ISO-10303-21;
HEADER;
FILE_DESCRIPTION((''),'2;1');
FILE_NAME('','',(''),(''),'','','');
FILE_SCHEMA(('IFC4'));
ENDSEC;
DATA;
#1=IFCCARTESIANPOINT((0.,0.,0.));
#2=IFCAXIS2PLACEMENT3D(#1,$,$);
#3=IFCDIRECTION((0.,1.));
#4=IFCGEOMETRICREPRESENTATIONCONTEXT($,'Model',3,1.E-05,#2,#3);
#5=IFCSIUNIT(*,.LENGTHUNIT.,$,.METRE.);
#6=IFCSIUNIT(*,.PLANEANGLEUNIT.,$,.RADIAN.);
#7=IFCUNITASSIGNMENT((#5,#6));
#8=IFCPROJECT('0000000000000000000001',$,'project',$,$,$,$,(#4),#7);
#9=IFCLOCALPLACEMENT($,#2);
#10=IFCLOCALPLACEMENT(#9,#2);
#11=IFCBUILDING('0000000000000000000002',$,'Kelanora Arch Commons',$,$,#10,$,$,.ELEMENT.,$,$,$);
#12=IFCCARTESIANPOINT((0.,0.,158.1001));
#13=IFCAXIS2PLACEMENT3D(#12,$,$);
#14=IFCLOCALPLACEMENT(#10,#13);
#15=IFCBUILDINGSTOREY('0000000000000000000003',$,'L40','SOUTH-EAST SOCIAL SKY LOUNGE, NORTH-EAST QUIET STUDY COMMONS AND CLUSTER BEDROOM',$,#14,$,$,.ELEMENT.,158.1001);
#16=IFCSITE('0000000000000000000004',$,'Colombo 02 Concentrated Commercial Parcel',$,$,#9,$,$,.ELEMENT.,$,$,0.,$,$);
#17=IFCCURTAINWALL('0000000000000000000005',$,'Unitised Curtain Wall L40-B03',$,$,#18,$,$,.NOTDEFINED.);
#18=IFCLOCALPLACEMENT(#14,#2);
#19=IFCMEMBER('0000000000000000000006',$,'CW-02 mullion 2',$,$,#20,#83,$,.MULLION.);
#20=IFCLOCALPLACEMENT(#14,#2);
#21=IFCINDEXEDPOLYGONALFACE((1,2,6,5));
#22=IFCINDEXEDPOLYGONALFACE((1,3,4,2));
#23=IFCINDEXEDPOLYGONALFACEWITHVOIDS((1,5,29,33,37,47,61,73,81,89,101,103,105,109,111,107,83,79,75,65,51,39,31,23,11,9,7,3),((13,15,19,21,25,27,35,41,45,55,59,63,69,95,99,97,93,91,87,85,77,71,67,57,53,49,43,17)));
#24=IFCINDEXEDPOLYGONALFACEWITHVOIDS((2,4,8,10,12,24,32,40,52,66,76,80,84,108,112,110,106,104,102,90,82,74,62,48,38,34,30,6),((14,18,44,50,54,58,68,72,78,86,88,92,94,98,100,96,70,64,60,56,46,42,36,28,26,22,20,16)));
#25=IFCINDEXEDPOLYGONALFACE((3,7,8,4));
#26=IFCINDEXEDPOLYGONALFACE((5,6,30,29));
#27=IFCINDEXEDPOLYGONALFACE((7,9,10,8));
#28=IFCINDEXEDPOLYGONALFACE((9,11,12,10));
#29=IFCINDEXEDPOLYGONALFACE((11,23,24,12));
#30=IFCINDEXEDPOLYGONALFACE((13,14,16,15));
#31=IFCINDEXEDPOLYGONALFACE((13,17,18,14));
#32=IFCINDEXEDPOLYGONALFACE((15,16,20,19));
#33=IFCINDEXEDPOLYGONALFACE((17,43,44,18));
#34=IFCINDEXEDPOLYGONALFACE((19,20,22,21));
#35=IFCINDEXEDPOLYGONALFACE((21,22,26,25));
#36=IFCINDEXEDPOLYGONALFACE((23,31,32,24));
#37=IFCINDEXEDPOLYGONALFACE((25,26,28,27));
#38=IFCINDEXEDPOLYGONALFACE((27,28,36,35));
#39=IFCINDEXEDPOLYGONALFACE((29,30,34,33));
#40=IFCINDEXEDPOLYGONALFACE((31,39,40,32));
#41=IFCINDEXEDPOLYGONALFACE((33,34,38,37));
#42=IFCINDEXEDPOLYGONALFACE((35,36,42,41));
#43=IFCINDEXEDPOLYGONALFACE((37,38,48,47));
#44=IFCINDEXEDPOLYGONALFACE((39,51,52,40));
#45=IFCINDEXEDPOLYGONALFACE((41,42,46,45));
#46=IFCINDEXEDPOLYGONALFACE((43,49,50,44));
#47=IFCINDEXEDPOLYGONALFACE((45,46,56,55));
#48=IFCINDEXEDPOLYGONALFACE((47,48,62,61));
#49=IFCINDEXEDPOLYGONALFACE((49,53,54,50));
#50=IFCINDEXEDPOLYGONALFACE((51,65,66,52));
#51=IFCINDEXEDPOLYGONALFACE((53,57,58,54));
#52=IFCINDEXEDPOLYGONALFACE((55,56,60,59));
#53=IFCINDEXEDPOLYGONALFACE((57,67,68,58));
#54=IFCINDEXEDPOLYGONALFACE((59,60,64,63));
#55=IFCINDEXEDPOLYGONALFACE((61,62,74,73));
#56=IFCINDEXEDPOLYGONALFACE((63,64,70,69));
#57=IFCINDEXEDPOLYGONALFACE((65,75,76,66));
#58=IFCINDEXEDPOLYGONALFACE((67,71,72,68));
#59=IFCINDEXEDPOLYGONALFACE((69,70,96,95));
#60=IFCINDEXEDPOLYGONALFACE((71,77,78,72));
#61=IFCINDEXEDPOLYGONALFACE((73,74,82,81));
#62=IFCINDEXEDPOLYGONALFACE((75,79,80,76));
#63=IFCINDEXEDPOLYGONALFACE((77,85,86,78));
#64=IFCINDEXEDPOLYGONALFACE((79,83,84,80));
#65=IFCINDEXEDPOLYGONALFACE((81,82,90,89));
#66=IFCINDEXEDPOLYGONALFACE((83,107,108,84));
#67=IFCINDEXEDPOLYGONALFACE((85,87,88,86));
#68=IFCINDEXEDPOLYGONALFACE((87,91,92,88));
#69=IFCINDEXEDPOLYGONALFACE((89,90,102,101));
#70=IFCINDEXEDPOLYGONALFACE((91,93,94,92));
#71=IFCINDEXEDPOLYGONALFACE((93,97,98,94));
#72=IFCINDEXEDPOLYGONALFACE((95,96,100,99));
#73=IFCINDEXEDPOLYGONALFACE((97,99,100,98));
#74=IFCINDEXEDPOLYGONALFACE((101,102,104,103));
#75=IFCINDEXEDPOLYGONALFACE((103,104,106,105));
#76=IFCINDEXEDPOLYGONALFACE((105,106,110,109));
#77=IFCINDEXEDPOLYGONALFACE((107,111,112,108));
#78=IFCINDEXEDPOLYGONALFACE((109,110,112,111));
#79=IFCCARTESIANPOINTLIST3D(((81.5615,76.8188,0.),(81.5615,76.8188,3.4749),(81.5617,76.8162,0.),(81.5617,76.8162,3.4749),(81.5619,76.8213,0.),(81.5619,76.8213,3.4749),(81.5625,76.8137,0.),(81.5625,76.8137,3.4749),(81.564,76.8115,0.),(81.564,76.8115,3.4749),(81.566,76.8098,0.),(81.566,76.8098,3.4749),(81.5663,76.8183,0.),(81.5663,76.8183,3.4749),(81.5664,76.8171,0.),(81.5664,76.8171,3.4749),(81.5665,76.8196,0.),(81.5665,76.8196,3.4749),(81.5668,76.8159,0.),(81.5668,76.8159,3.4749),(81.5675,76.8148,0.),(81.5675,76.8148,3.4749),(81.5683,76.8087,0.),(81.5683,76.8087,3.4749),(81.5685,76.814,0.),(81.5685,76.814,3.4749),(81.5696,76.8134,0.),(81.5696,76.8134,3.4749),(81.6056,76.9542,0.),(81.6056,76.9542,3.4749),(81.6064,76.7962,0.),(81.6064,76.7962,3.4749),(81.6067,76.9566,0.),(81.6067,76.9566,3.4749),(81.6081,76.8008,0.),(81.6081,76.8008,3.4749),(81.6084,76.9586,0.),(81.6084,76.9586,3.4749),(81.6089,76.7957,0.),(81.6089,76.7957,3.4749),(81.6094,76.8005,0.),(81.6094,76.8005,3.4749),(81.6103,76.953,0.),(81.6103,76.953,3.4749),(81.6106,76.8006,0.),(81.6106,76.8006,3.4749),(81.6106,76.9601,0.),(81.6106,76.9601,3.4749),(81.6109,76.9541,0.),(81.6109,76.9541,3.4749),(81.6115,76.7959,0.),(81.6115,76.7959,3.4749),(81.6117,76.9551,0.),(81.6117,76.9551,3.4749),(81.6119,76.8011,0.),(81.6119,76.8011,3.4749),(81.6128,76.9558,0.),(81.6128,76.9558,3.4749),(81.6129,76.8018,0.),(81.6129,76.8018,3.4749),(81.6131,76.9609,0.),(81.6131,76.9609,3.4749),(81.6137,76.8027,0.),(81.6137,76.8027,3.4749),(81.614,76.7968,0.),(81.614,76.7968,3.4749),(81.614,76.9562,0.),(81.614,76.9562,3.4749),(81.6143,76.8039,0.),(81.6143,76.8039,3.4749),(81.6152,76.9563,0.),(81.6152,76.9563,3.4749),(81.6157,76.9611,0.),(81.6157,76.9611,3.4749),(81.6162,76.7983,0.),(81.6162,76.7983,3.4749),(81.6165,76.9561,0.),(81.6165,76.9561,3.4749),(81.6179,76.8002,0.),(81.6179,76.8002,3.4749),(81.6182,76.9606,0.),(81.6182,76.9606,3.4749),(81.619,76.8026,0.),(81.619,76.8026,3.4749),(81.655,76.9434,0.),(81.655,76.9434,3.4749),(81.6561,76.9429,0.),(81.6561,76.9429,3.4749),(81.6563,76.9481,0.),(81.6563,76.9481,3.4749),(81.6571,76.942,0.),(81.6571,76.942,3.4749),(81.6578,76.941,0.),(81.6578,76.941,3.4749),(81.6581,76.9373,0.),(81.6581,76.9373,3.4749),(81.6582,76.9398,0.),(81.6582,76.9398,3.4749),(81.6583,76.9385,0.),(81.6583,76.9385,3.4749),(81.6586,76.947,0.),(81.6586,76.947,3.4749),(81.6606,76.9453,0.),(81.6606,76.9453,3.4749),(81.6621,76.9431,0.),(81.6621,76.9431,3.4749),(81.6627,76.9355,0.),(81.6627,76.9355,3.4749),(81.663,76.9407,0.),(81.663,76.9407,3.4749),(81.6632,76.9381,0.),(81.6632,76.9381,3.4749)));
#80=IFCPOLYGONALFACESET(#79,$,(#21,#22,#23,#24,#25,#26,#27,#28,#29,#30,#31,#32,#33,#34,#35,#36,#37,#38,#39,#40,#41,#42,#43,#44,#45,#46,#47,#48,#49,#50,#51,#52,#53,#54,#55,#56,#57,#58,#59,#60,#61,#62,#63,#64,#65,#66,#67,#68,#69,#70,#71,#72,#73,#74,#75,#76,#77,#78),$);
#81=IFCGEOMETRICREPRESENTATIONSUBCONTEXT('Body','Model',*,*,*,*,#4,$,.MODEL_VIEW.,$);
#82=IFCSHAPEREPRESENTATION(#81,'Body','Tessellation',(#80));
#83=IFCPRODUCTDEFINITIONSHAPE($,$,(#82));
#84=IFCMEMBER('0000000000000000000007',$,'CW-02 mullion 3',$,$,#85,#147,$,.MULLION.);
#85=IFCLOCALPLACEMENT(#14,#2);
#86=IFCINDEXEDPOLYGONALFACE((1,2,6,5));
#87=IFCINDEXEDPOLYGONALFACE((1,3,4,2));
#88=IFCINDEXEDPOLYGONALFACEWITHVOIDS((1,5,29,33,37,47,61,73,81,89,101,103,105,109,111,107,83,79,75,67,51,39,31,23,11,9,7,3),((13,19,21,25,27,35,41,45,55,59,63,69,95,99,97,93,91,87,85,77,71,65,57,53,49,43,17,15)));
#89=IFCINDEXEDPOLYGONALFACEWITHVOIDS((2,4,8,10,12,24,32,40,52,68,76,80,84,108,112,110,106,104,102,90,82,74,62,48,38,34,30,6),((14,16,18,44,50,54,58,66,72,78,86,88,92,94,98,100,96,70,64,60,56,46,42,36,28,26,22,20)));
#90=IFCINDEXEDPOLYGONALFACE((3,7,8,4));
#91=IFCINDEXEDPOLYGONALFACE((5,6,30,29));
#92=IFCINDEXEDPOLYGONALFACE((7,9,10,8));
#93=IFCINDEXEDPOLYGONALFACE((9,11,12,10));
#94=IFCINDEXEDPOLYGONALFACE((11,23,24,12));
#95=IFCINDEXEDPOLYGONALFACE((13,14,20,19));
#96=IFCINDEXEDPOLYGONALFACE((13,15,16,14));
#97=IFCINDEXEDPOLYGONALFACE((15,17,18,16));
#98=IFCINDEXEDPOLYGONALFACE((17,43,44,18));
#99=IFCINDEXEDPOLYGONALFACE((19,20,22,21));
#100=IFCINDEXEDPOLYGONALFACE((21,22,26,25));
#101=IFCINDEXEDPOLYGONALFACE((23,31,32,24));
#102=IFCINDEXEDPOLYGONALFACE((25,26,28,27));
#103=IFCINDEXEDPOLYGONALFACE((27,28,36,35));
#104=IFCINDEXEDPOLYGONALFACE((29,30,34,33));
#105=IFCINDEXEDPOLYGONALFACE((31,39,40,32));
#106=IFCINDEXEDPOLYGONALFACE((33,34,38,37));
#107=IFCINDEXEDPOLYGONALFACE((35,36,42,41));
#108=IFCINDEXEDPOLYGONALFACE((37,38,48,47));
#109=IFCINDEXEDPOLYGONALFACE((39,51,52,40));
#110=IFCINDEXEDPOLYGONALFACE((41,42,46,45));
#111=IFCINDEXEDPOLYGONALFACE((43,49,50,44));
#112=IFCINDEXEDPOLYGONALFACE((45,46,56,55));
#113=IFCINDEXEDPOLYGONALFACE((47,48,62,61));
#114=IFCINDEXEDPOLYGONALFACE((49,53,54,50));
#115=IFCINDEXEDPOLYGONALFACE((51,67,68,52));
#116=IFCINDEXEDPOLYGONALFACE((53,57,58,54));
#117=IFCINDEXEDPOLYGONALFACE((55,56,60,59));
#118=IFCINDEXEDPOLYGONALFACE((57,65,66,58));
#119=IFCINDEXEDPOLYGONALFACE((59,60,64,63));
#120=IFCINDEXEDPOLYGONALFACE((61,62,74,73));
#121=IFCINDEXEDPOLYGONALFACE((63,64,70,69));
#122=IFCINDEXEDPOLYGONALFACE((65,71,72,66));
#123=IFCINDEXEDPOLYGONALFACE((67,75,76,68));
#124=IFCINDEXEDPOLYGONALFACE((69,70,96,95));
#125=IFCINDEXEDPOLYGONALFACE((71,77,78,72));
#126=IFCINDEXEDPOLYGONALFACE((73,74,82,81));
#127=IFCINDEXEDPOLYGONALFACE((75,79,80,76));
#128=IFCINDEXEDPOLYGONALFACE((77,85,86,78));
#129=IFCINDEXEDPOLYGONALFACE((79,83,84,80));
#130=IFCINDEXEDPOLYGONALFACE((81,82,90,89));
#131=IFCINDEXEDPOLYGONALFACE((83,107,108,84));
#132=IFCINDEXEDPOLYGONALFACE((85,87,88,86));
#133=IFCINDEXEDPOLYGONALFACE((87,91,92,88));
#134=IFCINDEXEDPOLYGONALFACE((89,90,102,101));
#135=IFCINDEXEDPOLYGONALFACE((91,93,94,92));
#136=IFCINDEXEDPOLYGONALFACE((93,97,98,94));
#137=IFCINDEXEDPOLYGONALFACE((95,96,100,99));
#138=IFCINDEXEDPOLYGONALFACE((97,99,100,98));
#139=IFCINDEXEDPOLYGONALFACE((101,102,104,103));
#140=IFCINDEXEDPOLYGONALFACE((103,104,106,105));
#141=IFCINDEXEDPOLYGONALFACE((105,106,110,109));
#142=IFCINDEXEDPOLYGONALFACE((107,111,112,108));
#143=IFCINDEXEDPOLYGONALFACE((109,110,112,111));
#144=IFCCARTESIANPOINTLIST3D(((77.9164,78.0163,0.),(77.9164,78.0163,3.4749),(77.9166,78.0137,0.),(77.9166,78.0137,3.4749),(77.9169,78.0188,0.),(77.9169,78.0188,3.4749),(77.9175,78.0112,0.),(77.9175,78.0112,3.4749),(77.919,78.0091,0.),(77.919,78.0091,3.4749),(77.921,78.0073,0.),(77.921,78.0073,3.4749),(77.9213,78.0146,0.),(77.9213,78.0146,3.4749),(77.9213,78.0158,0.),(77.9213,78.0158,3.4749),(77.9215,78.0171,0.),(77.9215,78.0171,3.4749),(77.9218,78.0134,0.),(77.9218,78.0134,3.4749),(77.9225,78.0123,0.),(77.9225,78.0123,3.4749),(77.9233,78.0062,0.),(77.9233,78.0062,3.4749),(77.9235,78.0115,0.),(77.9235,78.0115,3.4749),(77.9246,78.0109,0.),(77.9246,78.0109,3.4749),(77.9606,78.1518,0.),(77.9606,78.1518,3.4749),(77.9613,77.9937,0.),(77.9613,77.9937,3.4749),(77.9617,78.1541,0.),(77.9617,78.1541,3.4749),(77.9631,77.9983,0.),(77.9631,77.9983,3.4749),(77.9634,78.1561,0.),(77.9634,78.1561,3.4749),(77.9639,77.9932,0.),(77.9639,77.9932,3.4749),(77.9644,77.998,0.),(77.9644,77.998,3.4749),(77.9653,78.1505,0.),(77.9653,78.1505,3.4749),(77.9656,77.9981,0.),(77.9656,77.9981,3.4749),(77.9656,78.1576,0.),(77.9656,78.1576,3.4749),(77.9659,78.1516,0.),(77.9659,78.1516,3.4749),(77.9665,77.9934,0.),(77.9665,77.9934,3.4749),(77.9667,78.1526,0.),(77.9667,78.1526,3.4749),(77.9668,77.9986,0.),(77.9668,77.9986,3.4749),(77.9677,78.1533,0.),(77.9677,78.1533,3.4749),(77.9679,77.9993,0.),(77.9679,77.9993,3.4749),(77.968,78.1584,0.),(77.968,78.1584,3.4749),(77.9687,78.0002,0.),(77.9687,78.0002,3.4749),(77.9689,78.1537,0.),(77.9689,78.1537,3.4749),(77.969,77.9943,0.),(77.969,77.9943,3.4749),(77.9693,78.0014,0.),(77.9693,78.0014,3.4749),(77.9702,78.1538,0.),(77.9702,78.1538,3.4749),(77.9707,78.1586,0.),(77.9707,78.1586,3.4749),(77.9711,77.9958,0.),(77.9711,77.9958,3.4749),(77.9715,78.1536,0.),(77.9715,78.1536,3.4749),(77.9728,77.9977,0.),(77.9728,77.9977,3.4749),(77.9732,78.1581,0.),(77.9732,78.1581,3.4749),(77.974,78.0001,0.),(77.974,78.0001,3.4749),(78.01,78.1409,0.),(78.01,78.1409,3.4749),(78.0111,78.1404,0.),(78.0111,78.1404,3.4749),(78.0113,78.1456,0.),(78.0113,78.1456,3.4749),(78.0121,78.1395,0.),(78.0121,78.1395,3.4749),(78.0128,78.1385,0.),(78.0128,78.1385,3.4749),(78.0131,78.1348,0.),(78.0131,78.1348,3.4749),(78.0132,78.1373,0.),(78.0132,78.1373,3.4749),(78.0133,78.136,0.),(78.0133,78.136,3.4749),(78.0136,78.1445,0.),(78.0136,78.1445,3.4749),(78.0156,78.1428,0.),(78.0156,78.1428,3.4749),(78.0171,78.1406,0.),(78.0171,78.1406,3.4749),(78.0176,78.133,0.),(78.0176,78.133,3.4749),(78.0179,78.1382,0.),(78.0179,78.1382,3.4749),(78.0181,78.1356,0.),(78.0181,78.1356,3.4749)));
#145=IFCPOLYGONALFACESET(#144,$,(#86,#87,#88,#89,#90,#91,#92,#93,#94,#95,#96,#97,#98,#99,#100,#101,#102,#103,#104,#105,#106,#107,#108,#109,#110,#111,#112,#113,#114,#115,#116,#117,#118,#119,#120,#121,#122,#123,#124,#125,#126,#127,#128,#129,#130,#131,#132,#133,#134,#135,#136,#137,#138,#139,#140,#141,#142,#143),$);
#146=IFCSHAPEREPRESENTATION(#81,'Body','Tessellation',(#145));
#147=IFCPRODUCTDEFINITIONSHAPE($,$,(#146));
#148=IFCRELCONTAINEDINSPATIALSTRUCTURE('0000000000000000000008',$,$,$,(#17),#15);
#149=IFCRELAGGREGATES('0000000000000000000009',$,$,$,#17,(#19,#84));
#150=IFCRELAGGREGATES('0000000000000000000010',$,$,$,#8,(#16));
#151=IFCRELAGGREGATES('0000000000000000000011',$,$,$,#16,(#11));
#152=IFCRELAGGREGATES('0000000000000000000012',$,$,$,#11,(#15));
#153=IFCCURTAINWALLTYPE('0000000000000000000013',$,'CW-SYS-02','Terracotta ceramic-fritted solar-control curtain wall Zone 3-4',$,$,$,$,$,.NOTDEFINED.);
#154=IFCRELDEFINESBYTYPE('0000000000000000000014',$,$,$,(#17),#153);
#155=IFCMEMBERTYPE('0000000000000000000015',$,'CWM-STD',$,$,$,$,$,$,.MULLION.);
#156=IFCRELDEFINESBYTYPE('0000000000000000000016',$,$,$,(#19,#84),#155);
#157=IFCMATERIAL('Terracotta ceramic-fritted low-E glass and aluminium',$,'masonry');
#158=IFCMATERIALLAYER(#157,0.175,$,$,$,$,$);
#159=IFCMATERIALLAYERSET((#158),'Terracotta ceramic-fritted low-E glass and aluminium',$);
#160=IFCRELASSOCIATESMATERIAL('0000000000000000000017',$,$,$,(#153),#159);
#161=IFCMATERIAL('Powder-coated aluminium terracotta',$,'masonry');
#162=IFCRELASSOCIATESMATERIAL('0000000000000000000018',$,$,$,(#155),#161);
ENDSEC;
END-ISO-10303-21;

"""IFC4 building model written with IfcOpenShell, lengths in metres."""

from ifc_helpers import new_model, si_unit, direction, frame, origin, origin_2d, place, context, subcontext, project, spatial, hollow_rectangle, extrude, material, layer, layer_set, material_profile, profile_set, type_object, element, aggregate, save


model = new_model("IFC4")

# Units and contexts
model_context = context("Model", 3, precision=1e-05, world=origin(), true_north=direction((0.0, 1.0)))
body_context = subcontext(model_context, "Body", "Model", "MODEL_VIEW")
ifc_project = project(units=[si_unit("LENGTHUNIT", "METRE"), si_unit("PLANEANGLEUNIT", "RADIAN")], contexts=[model_context])

# Site, building, storey
site_placement = place(None, origin())
site = spatial("IfcSite", under=ifc_project, at=site_placement, Name="Colombo 02 Concentrated Commercial Parcel", CompositionType="ELEMENT", RefElevation=0.0)
building_placement = place(site_placement, origin())
building = spatial("IfcBuilding", under=site, at=building_placement, Name="Kelanora Arch Commons", CompositionType="ELEMENT")
storey_placement = place(building_placement, frame((0.0, 0.0, 158.1001)))
storey = spatial("IfcBuildingStorey", under=building, at=storey_placement, Name="L40", Description="SOUTH-EAST SOCIAL SKY LOUNGE, NORTH-EAST QUIET STUDY COMMONS AND CLUSTER BEDROOM", CompositionType="ELEMENT", Elevation=158.1001)

# Curtain wall, members
ifc_material_1 = material(Name="Terracotta ceramic-fritted low-E glass and aluminium", Category="masonry")
ifc_layer_1 = layer(ifc_material_1, 0.175)
ifc_layer_set_1 = layer_set([ifc_layer_1], Name="Terracotta ceramic-fritted low-E glass and aluminium")
curtain_wall_type = type_object("IfcCurtainWallType", Name="CW-SYS-02", Description="Terracotta ceramic-fritted solar-control curtain wall Zone 3-4", PredefinedType="NOTDEFINED", material=ifc_layer_set_1)
curtain_wall_placement = place(storey_placement, origin())
curtain_wall = element("IfcCurtainWall", 1, at=curtain_wall_placement, inside=storey, type_object=curtain_wall_type, Name="Unitised Curtain Wall L40-B03", PredefinedType="NOTDEFINED")
ifc_material_2 = material(Name="Powder-coated aluminium terracotta", Category="masonry")
ifc_material_profile_1 = material_profile(ifc_material_2, hollow_rectangle(XDim=0.1599, YDim=0.0601, WallThickness=0.0049, InnerFilletRadius=0.0049, OuterFilletRadius=0.01, at=origin_2d()), Name="CWM160x60")
ifc_profile_set_1 = profile_set([ifc_material_profile_1], Name="Powder-coated aluminium terracotta")
member_type_1 = type_object("IfcMemberType", Name="CWM-STD", PredefinedType="MULLION", material=ifc_profile_set_1)
member_1_placement = place(storey_placement, frame((81.6123, 76.8784, 0.0), z_axis=(0.0, 0.0, 1.0), x_axis=(-0.312128, -0.95004, 0.0)))
member_1 = element("IfcMember", 2, at=member_1_placement, type_object=member_type_1, Name="CW-02 mullion 2", PredefinedType="MULLION", context=body_context, shape_type="SweptSolid", body=[
    extrude(hollow_rectangle(XDim=0.1599, YDim=0.0601, WallThickness=0.0049, InnerFilletRadius=0.0049, OuterFilletRadius=0.01, at=origin_2d()), origin(), (0.0, 0.0, 1.0), 3.4749),
])
member_2_placement = place(storey_placement, frame((77.9673, 78.0759, 0.0), z_axis=(0.0, 0.0, 1.0), x_axis=(-0.312128, -0.95004, 0.0)))
member_2 = element("IfcMember", 3, at=member_2_placement, type_object=member_type_1, Name="CW-02 mullion 3", PredefinedType="MULLION", context=body_context, shape_type="SweptSolid", body=[
    extrude(hollow_rectangle(XDim=0.1599, YDim=0.0601, WallThickness=0.0049, InnerFilletRadius=0.0049, OuterFilletRadius=0.01, at=origin_2d()), origin(), (0.0, 0.0, 1.0), 3.4749),
])
aggregate(curtain_wall, [member_1, member_2])

save(model, "model.ifc")
